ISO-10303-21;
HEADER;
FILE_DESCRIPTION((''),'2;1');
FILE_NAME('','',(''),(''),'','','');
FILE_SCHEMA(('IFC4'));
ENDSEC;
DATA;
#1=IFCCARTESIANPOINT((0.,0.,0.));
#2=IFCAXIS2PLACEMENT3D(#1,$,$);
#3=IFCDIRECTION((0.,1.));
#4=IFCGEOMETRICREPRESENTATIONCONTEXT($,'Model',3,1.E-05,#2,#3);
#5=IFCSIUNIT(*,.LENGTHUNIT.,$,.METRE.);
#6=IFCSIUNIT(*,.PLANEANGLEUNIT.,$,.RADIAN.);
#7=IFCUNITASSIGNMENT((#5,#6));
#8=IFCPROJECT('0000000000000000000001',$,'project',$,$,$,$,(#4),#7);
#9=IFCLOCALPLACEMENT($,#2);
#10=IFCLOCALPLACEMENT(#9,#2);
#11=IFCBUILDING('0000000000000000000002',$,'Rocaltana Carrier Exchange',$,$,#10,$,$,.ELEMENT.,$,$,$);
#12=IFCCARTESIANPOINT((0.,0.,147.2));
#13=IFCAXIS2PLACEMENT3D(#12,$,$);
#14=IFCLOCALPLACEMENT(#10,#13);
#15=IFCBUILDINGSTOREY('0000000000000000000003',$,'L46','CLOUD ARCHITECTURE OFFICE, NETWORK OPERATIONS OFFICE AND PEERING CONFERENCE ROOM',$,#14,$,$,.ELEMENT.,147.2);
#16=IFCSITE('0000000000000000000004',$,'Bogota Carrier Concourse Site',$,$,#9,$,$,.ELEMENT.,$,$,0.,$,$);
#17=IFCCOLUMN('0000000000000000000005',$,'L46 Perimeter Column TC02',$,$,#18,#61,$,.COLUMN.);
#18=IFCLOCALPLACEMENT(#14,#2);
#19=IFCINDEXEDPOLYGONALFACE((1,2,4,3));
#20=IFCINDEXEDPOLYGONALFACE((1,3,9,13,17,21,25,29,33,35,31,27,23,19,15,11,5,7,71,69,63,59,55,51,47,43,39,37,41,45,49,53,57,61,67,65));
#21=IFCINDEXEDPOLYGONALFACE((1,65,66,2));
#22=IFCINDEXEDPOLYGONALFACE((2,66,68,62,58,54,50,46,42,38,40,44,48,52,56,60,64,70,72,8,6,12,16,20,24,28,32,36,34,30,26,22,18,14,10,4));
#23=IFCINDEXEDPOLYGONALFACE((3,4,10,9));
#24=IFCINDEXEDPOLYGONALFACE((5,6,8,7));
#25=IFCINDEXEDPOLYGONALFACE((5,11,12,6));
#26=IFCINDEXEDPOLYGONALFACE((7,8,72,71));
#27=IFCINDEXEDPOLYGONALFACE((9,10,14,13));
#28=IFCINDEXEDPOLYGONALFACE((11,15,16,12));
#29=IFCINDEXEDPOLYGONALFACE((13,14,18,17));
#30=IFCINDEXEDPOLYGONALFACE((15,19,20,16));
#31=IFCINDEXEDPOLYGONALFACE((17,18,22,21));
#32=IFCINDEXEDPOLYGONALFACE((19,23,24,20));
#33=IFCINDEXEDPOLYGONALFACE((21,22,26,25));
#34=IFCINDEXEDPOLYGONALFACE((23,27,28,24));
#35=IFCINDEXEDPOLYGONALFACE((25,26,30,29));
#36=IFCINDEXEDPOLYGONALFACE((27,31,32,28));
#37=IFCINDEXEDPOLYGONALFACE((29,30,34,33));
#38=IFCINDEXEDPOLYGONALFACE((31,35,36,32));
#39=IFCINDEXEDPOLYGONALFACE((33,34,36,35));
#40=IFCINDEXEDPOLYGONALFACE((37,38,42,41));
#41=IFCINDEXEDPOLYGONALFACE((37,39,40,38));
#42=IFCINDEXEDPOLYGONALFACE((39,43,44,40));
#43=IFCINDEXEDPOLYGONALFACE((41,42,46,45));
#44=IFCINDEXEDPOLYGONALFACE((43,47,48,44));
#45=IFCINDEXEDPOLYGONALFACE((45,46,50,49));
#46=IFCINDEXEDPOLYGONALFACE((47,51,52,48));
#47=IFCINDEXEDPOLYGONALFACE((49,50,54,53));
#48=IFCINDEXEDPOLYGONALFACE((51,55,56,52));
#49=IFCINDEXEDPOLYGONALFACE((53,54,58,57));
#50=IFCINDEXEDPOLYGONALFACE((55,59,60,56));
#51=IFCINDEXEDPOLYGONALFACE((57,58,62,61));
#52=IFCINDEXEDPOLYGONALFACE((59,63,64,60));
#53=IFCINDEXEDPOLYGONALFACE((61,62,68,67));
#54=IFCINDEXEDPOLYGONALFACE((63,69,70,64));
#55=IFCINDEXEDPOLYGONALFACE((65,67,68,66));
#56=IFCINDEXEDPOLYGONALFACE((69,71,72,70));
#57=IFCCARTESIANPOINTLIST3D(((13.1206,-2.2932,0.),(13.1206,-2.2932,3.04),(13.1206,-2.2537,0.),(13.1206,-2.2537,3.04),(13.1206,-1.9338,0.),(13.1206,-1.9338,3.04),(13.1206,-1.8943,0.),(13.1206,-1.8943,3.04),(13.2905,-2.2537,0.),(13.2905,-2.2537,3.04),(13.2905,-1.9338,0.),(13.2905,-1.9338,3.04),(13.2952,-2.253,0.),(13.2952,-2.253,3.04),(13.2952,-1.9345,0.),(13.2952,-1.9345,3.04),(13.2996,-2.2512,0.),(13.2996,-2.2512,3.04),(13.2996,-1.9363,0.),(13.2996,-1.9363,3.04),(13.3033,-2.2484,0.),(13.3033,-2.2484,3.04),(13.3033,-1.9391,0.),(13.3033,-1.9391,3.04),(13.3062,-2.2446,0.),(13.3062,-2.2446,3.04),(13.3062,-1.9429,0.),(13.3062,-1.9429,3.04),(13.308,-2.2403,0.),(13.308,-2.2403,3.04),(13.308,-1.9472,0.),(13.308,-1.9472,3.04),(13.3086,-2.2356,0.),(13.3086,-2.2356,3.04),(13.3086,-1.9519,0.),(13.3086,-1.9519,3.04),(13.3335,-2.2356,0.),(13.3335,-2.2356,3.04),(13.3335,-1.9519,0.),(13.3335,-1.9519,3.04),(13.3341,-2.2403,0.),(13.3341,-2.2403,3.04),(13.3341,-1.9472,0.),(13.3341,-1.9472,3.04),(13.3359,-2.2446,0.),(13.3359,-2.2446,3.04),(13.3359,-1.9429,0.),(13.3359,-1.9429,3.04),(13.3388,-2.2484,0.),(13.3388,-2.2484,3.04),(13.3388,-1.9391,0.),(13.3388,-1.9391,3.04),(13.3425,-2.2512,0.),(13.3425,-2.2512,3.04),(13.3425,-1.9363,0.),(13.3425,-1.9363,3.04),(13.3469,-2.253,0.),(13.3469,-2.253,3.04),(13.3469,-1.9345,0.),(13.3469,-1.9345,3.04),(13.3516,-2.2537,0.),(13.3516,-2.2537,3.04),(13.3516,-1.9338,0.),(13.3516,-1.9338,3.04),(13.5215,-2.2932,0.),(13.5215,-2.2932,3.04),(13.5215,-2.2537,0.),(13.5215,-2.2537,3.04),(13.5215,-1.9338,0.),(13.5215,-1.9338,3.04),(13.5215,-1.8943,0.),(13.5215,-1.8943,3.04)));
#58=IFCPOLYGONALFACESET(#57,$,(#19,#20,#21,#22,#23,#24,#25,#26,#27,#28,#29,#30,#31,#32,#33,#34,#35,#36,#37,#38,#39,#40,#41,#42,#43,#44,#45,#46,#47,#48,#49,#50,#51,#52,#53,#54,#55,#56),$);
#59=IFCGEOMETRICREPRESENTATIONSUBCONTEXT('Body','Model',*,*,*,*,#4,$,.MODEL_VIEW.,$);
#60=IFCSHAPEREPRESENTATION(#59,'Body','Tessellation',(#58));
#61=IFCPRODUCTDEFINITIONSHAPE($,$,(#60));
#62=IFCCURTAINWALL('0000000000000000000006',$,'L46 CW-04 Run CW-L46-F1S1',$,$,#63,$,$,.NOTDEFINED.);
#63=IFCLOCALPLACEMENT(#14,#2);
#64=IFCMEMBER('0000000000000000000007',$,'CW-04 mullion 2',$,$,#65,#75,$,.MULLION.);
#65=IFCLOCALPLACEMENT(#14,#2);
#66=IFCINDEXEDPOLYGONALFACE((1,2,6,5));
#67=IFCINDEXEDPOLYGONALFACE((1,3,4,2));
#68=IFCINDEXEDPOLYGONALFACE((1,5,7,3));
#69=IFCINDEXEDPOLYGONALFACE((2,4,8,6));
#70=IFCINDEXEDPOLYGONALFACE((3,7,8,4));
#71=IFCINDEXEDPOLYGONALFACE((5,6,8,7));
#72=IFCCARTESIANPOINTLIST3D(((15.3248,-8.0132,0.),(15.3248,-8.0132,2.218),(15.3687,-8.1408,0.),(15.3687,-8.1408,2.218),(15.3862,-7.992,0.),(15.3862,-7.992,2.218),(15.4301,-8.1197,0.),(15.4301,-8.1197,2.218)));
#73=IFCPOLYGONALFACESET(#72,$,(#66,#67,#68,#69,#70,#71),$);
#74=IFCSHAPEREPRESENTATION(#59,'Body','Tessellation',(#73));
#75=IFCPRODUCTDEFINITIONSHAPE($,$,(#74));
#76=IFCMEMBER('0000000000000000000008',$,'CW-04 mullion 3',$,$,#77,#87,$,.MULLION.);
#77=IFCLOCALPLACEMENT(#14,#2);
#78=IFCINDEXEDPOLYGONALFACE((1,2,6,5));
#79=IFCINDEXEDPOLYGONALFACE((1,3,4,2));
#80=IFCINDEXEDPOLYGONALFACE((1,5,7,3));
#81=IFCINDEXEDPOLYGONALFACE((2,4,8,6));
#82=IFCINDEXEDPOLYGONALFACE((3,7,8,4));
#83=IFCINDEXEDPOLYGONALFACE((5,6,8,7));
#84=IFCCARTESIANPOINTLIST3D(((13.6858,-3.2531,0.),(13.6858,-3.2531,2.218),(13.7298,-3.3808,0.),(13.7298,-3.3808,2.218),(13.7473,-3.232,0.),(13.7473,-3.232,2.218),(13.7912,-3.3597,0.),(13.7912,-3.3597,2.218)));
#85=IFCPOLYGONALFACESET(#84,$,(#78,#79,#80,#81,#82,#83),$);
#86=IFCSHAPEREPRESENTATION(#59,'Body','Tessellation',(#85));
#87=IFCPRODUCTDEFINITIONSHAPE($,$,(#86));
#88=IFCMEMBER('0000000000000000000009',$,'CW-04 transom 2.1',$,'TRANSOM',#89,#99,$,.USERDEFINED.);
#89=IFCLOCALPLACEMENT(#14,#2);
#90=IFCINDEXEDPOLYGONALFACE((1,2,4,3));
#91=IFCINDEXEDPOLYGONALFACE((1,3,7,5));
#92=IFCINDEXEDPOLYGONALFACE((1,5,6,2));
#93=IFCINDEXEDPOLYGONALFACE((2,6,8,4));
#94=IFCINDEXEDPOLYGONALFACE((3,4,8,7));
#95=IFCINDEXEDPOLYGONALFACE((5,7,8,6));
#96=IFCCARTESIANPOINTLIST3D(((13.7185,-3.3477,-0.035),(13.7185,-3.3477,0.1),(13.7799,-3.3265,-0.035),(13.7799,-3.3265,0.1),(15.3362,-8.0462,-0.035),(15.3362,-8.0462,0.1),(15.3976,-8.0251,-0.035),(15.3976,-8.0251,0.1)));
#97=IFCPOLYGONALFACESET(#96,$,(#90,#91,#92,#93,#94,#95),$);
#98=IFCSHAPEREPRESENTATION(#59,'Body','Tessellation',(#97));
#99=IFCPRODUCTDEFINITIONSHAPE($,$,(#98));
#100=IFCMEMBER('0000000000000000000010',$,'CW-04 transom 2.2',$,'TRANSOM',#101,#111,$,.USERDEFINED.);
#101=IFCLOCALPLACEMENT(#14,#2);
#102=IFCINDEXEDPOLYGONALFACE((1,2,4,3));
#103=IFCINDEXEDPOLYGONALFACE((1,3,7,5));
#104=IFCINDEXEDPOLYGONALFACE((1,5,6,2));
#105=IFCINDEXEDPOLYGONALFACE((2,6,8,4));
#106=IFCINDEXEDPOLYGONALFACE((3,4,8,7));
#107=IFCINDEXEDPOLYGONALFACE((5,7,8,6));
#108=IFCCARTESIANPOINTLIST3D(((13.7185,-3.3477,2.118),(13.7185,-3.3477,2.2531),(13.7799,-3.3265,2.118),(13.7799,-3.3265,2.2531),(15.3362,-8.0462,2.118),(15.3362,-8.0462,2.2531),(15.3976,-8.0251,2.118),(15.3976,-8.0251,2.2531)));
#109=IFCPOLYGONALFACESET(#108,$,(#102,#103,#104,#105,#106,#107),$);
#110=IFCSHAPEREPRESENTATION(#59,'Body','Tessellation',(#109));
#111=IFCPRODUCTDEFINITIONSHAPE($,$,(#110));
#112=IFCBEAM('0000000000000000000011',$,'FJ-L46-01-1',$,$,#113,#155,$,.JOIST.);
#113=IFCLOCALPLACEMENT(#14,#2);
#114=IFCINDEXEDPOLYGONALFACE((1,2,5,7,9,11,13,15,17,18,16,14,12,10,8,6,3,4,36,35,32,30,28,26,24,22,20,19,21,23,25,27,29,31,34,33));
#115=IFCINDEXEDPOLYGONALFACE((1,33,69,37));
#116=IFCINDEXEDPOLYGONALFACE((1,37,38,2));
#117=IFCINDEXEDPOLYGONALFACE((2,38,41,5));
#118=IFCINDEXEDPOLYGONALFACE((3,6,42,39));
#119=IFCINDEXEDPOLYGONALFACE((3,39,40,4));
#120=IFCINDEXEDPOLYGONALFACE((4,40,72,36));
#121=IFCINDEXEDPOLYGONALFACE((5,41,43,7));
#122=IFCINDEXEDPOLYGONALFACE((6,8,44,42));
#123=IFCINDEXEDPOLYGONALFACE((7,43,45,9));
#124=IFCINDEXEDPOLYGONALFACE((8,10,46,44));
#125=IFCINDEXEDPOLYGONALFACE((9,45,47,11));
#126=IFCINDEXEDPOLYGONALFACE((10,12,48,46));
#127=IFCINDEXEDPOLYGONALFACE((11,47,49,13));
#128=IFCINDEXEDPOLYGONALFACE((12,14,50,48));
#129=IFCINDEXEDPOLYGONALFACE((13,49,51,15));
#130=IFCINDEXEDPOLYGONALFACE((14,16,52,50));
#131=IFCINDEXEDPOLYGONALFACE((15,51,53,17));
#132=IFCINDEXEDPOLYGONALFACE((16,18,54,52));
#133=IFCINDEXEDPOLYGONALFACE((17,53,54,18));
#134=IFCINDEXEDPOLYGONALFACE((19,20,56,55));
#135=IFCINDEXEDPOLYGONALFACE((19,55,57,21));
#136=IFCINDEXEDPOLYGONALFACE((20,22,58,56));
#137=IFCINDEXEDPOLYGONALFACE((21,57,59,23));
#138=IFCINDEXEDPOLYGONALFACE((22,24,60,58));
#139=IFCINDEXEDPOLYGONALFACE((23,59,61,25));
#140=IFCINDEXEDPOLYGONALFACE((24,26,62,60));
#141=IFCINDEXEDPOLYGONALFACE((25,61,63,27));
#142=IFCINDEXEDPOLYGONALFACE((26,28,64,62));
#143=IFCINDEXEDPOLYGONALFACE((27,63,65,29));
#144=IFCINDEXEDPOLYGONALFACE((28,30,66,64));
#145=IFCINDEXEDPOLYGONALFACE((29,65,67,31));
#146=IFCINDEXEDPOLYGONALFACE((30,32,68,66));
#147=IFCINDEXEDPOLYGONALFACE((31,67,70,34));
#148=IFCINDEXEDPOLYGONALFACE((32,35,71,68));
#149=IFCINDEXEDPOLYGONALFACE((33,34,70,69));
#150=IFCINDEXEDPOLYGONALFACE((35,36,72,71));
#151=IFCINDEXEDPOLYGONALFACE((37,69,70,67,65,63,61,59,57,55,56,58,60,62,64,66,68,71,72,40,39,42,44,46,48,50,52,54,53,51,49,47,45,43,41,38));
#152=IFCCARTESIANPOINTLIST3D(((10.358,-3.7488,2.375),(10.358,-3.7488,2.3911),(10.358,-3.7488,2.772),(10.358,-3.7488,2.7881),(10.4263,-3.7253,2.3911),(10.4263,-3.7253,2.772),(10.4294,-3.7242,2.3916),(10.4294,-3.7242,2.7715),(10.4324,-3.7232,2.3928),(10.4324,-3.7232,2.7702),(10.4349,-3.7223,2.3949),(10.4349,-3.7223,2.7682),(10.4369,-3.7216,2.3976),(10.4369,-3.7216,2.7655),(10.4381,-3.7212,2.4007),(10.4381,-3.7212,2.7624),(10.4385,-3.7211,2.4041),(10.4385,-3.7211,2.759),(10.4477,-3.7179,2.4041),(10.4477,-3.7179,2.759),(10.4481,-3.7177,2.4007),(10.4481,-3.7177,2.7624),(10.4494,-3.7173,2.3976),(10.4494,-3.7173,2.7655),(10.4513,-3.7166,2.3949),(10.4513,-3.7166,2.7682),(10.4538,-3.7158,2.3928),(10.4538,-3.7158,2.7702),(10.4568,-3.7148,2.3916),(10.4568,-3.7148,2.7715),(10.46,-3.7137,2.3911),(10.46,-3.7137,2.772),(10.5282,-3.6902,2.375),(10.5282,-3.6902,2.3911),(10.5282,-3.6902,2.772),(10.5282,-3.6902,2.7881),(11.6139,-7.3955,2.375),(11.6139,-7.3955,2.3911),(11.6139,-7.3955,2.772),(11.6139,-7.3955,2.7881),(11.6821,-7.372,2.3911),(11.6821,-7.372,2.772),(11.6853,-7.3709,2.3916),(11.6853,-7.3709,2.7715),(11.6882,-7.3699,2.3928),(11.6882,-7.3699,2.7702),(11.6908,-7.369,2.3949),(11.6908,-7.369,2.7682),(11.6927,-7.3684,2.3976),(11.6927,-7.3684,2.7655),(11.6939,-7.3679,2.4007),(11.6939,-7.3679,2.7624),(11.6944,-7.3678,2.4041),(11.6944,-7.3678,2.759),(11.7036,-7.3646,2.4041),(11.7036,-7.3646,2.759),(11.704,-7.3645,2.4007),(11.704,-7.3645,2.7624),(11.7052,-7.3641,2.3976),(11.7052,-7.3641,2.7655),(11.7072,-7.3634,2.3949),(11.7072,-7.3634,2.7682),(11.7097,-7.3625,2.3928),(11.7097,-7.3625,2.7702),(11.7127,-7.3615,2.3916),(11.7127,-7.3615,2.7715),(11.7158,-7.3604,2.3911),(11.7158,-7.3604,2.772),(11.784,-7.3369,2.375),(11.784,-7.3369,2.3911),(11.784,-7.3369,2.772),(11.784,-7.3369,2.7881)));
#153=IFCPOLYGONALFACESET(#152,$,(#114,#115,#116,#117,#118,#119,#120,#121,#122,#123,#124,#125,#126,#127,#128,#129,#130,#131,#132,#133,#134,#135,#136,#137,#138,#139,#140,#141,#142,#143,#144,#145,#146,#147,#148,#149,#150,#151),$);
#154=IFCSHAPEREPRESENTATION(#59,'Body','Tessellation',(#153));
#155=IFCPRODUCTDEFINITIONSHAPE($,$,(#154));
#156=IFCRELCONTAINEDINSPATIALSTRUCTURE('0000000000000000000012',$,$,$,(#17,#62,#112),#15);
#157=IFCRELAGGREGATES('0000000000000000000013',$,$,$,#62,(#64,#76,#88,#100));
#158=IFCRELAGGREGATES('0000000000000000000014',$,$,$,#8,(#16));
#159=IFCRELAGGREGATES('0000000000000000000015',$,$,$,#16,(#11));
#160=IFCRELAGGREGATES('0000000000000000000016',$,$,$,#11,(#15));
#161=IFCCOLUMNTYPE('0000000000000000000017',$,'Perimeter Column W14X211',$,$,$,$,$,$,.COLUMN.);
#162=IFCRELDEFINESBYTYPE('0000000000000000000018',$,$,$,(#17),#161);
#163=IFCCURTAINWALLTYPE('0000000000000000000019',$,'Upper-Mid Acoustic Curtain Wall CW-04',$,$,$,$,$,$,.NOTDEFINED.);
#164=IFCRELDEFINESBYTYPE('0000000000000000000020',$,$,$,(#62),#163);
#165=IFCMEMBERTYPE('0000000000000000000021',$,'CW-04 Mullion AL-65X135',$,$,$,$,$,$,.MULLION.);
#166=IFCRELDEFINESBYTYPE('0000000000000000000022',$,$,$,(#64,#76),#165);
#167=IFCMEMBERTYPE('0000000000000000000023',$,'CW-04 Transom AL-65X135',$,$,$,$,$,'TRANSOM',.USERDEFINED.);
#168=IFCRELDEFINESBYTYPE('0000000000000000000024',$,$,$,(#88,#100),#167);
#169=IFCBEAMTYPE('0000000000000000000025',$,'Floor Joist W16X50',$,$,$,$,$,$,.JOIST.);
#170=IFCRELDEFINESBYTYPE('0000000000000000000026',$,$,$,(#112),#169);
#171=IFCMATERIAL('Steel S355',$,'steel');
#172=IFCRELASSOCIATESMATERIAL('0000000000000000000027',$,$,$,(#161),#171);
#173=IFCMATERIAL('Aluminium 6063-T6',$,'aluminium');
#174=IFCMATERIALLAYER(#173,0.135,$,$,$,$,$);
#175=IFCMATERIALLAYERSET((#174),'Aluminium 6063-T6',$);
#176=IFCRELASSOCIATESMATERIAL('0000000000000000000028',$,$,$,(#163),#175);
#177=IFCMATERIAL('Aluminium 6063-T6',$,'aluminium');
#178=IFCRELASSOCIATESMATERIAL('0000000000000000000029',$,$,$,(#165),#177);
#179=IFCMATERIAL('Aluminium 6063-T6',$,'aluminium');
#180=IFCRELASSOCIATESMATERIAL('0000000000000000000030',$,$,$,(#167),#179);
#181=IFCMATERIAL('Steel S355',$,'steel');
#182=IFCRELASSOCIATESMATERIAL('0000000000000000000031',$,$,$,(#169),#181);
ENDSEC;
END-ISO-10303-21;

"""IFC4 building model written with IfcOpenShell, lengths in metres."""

from ifc_helpers import new_model, si_unit, direction, frame, origin, origin_2d, place, context, subcontext, project, spatial, rectangle, i_section, extrude, material, layer, layer_set, material_profile, profile_set, type_object, element, aggregate, save


model = new_model("IFC4")

# Units and contexts
model_context = context("Model", 3, precision=1e-05, world=origin(), true_north=direction((0.0, 1.0)))
body_context = subcontext(model_context, "Body", "Model", "MODEL_VIEW")
ifc_project = project(units=[si_unit("LENGTHUNIT", "METRE"), si_unit("PLANEANGLEUNIT", "RADIAN")], contexts=[model_context])

# Site, building, storey
site_placement = place(None, origin())
site = spatial("IfcSite", under=ifc_project, at=site_placement, Name="Bogota Carrier Concourse Site", CompositionType="ELEMENT", RefElevation=0.0)
building_placement = place(site_placement, origin())
building = spatial("IfcBuilding", under=site, at=building_placement, Name="Rocaltana Carrier Exchange", CompositionType="ELEMENT")
storey_placement = place(building_placement, frame((0.0, 0.0, 147.2)))
storey = spatial("IfcBuildingStorey", under=building, at=storey_placement, Name="L46", Description="CLOUD ARCHITECTURE OFFICE, NETWORK OPERATIONS OFFICE AND PEERING CONFERENCE ROOM", CompositionType="ELEMENT", Elevation=147.2)

# Column
ifc_material_1 = material(Name="Steel S355", Category="steel")
ifc_material_profile_1 = material_profile(ifc_material_1, i_section(OverallWidth=0.4009, OverallDepth=0.3989, WebThickness=0.0249, FlangeThickness=0.0396, FilletRadius=0.0181, at=origin_2d()), Name="W14X211")
ifc_profile_set_1 = profile_set([ifc_material_profile_1], Name="Steel S355")
column_type = type_object("IfcColumnType", Name="Perimeter Column W14X211", PredefinedType="COLUMN", material=ifc_profile_set_1)
column_placement = place(storey_placement, frame((13.321, -2.0938, 0.0), z_axis=(0.0, 0.0, 1.0), x_axis=(1.0, 0.0, 0.0)))
element("IfcColumn", 1, at=column_placement, inside=storey, type_object=column_type, Name="L46 Perimeter Column TC02", PredefinedType="COLUMN", context=body_context, shape_type="SweptSolid", body=[
    extrude(i_section(OverallWidth=0.4009, OverallDepth=0.3989, WebThickness=0.0249, FlangeThickness=0.0396, FilletRadius=0.0181, at=origin_2d()), origin(), (0.0, 0.0, 1.0), 3.04),
])

# Curtain wall, members
ifc_material_2 = material(Name="Aluminium 6063-T6", Category="aluminium")
ifc_layer_1 = layer(ifc_material_2, 0.135)
ifc_layer_set_1 = layer_set([ifc_layer_1], Name="Aluminium 6063-T6")
curtain_wall_type = type_object("IfcCurtainWallType", Name="Upper-Mid Acoustic Curtain Wall CW-04", PredefinedType="NOTDEFINED", material=ifc_layer_set_1)
curtain_wall_placement = place(storey_placement, origin())
curtain_wall = element("IfcCurtainWall", 2, at=curtain_wall_placement, inside=storey, type_object=curtain_wall_type, Name="L46 CW-04 Run CW-L46-F1S1", PredefinedType="NOTDEFINED")
ifc_material_3 = material(Name="Aluminium 6063-T6", Category="aluminium")
ifc_material_profile_2 = material_profile(ifc_material_3, rectangle(XDim=0.0649, YDim=0.135, at=origin_2d()), Name="AL-65X135")
ifc_profile_set_2 = profile_set([ifc_material_profile_2], Name="Aluminium 6063-T6")
member_type_1 = type_object("IfcMemberType", Name="CW-04 Mullion AL-65X135", PredefinedType="MULLION", material=ifc_profile_set_2)
member_1_placement = place(storey_placement, frame((15.3774, -8.0664, 0.0), z_axis=(0.0, 0.0, 1.0), x_axis=(-0.945522, -0.325559, 0.0)))
member_1 = element("IfcMember", 3, at=member_1_placement, type_object=member_type_1, Name="CW-04 mullion 2", PredefinedType="MULLION", context=body_context, shape_type="SweptSolid", body=[
    extrude(rectangle(XDim=0.0649, YDim=0.135, at=origin_2d()), origin(), (0.0, 0.0, 1.0), 2.218),
])
member_2_placement = place(storey_placement, frame((13.7385, -3.3064, 0.0), z_axis=(0.0, 0.0, 1.0), x_axis=(-0.945522, -0.325559, 0.0)))
member_2 = element("IfcMember", 4, at=member_2_placement, type_object=member_type_1, Name="CW-04 mullion 3", PredefinedType="MULLION", context=body_context, shape_type="SweptSolid", body=[
    extrude(rectangle(XDim=0.0649, YDim=0.135, at=origin_2d()), origin(), (0.0, 0.0, 1.0), 2.218),
])
ifc_material_4 = material(Name="Aluminium 6063-T6", Category="aluminium")
ifc_material_profile_3 = material_profile(ifc_material_4, rectangle(XDim=0.0649, YDim=0.135, at=origin_2d()), Name="AL-65X135")
ifc_profile_set_3 = profile_set([ifc_material_profile_3], Name="Aluminium 6063-T6")
member_type_2 = type_object("IfcMemberType", Name="CW-04 Transom AL-65X135", ElementType="TRANSOM", PredefinedType="USERDEFINED", material=ifc_profile_set_3)
member_3_placement = place(storey_placement, frame((15.3669, -8.0356, 0.0325), z_axis=(-0.325542, 0.945527, 0.0), x_axis=(-0.945527, -0.325542, 0.0)))
member_3 = element("IfcMember", 5, at=member_3_placement, type_object=member_type_2, Name="CW-04 transom 2.1", ObjectType="TRANSOM", PredefinedType="USERDEFINED", context=body_context, shape_type="SweptSolid", body=[
    extrude(rectangle(XDim=0.0649, YDim=0.135, at=origin_2d()), origin(), (0.0, 0.0, 1.0), 4.9692),
])
member_4_placement = place(storey_placement, frame((15.3669, -8.0356, 2.1855), z_axis=(-0.325542, 0.945527, 0.0), x_axis=(-0.945527, -0.325542, 0.0)))
member_4 = element("IfcMember", 6, at=member_4_placement, type_object=member_type_2, Name="CW-04 transom 2.2", ObjectType="TRANSOM", PredefinedType="USERDEFINED", context=body_context, shape_type="SweptSolid", body=[
    extrude(rectangle(XDim=0.0649, YDim=0.135, at=origin_2d()), origin(), (0.0, 0.0, 1.0), 4.9692),
])

# Beam
ifc_material_5 = material(Name="Steel S355", Category="steel")
ifc_material_profile_4 = material_profile(ifc_material_5, i_section(OverallWidth=0.1799, OverallDepth=0.4131, WebThickness=0.0098, FlangeThickness=0.0161, FilletRadius=0.0129, at=origin_2d()), Name="W16X50")
ifc_profile_set_4 = profile_set([ifc_material_profile_4], Name="Steel S355")
beam_type_1 = type_object("IfcBeamType", Name="Floor Joist W16X50", PredefinedType="JOIST", material=ifc_profile_set_4)
beam_1_placement = place(storey_placement, frame((11.699, -7.3662, 2.5815), z_axis=(-0.325612, 0.945503, 0.0), x_axis=(-0.945503, -0.325612, 0.0)))
element("IfcBeam", 7, at=beam_1_placement, inside=storey, type_object=beam_type_1, Name="FJ-L46-01-1", PredefinedType="JOIST", context=body_context, shape_type="SweptSolid", body=[
    extrude(i_section(OverallWidth=0.1799, OverallDepth=0.4131, WebThickness=0.0098, FlangeThickness=0.0161, FilletRadius=0.0129, at=origin_2d()), origin(), (0.0, 0.0, 1.0), 3.8569),
])

aggregate(curtain_wall, [member_1, member_2, member_3, member_4])

save(model, "model.ifc")
